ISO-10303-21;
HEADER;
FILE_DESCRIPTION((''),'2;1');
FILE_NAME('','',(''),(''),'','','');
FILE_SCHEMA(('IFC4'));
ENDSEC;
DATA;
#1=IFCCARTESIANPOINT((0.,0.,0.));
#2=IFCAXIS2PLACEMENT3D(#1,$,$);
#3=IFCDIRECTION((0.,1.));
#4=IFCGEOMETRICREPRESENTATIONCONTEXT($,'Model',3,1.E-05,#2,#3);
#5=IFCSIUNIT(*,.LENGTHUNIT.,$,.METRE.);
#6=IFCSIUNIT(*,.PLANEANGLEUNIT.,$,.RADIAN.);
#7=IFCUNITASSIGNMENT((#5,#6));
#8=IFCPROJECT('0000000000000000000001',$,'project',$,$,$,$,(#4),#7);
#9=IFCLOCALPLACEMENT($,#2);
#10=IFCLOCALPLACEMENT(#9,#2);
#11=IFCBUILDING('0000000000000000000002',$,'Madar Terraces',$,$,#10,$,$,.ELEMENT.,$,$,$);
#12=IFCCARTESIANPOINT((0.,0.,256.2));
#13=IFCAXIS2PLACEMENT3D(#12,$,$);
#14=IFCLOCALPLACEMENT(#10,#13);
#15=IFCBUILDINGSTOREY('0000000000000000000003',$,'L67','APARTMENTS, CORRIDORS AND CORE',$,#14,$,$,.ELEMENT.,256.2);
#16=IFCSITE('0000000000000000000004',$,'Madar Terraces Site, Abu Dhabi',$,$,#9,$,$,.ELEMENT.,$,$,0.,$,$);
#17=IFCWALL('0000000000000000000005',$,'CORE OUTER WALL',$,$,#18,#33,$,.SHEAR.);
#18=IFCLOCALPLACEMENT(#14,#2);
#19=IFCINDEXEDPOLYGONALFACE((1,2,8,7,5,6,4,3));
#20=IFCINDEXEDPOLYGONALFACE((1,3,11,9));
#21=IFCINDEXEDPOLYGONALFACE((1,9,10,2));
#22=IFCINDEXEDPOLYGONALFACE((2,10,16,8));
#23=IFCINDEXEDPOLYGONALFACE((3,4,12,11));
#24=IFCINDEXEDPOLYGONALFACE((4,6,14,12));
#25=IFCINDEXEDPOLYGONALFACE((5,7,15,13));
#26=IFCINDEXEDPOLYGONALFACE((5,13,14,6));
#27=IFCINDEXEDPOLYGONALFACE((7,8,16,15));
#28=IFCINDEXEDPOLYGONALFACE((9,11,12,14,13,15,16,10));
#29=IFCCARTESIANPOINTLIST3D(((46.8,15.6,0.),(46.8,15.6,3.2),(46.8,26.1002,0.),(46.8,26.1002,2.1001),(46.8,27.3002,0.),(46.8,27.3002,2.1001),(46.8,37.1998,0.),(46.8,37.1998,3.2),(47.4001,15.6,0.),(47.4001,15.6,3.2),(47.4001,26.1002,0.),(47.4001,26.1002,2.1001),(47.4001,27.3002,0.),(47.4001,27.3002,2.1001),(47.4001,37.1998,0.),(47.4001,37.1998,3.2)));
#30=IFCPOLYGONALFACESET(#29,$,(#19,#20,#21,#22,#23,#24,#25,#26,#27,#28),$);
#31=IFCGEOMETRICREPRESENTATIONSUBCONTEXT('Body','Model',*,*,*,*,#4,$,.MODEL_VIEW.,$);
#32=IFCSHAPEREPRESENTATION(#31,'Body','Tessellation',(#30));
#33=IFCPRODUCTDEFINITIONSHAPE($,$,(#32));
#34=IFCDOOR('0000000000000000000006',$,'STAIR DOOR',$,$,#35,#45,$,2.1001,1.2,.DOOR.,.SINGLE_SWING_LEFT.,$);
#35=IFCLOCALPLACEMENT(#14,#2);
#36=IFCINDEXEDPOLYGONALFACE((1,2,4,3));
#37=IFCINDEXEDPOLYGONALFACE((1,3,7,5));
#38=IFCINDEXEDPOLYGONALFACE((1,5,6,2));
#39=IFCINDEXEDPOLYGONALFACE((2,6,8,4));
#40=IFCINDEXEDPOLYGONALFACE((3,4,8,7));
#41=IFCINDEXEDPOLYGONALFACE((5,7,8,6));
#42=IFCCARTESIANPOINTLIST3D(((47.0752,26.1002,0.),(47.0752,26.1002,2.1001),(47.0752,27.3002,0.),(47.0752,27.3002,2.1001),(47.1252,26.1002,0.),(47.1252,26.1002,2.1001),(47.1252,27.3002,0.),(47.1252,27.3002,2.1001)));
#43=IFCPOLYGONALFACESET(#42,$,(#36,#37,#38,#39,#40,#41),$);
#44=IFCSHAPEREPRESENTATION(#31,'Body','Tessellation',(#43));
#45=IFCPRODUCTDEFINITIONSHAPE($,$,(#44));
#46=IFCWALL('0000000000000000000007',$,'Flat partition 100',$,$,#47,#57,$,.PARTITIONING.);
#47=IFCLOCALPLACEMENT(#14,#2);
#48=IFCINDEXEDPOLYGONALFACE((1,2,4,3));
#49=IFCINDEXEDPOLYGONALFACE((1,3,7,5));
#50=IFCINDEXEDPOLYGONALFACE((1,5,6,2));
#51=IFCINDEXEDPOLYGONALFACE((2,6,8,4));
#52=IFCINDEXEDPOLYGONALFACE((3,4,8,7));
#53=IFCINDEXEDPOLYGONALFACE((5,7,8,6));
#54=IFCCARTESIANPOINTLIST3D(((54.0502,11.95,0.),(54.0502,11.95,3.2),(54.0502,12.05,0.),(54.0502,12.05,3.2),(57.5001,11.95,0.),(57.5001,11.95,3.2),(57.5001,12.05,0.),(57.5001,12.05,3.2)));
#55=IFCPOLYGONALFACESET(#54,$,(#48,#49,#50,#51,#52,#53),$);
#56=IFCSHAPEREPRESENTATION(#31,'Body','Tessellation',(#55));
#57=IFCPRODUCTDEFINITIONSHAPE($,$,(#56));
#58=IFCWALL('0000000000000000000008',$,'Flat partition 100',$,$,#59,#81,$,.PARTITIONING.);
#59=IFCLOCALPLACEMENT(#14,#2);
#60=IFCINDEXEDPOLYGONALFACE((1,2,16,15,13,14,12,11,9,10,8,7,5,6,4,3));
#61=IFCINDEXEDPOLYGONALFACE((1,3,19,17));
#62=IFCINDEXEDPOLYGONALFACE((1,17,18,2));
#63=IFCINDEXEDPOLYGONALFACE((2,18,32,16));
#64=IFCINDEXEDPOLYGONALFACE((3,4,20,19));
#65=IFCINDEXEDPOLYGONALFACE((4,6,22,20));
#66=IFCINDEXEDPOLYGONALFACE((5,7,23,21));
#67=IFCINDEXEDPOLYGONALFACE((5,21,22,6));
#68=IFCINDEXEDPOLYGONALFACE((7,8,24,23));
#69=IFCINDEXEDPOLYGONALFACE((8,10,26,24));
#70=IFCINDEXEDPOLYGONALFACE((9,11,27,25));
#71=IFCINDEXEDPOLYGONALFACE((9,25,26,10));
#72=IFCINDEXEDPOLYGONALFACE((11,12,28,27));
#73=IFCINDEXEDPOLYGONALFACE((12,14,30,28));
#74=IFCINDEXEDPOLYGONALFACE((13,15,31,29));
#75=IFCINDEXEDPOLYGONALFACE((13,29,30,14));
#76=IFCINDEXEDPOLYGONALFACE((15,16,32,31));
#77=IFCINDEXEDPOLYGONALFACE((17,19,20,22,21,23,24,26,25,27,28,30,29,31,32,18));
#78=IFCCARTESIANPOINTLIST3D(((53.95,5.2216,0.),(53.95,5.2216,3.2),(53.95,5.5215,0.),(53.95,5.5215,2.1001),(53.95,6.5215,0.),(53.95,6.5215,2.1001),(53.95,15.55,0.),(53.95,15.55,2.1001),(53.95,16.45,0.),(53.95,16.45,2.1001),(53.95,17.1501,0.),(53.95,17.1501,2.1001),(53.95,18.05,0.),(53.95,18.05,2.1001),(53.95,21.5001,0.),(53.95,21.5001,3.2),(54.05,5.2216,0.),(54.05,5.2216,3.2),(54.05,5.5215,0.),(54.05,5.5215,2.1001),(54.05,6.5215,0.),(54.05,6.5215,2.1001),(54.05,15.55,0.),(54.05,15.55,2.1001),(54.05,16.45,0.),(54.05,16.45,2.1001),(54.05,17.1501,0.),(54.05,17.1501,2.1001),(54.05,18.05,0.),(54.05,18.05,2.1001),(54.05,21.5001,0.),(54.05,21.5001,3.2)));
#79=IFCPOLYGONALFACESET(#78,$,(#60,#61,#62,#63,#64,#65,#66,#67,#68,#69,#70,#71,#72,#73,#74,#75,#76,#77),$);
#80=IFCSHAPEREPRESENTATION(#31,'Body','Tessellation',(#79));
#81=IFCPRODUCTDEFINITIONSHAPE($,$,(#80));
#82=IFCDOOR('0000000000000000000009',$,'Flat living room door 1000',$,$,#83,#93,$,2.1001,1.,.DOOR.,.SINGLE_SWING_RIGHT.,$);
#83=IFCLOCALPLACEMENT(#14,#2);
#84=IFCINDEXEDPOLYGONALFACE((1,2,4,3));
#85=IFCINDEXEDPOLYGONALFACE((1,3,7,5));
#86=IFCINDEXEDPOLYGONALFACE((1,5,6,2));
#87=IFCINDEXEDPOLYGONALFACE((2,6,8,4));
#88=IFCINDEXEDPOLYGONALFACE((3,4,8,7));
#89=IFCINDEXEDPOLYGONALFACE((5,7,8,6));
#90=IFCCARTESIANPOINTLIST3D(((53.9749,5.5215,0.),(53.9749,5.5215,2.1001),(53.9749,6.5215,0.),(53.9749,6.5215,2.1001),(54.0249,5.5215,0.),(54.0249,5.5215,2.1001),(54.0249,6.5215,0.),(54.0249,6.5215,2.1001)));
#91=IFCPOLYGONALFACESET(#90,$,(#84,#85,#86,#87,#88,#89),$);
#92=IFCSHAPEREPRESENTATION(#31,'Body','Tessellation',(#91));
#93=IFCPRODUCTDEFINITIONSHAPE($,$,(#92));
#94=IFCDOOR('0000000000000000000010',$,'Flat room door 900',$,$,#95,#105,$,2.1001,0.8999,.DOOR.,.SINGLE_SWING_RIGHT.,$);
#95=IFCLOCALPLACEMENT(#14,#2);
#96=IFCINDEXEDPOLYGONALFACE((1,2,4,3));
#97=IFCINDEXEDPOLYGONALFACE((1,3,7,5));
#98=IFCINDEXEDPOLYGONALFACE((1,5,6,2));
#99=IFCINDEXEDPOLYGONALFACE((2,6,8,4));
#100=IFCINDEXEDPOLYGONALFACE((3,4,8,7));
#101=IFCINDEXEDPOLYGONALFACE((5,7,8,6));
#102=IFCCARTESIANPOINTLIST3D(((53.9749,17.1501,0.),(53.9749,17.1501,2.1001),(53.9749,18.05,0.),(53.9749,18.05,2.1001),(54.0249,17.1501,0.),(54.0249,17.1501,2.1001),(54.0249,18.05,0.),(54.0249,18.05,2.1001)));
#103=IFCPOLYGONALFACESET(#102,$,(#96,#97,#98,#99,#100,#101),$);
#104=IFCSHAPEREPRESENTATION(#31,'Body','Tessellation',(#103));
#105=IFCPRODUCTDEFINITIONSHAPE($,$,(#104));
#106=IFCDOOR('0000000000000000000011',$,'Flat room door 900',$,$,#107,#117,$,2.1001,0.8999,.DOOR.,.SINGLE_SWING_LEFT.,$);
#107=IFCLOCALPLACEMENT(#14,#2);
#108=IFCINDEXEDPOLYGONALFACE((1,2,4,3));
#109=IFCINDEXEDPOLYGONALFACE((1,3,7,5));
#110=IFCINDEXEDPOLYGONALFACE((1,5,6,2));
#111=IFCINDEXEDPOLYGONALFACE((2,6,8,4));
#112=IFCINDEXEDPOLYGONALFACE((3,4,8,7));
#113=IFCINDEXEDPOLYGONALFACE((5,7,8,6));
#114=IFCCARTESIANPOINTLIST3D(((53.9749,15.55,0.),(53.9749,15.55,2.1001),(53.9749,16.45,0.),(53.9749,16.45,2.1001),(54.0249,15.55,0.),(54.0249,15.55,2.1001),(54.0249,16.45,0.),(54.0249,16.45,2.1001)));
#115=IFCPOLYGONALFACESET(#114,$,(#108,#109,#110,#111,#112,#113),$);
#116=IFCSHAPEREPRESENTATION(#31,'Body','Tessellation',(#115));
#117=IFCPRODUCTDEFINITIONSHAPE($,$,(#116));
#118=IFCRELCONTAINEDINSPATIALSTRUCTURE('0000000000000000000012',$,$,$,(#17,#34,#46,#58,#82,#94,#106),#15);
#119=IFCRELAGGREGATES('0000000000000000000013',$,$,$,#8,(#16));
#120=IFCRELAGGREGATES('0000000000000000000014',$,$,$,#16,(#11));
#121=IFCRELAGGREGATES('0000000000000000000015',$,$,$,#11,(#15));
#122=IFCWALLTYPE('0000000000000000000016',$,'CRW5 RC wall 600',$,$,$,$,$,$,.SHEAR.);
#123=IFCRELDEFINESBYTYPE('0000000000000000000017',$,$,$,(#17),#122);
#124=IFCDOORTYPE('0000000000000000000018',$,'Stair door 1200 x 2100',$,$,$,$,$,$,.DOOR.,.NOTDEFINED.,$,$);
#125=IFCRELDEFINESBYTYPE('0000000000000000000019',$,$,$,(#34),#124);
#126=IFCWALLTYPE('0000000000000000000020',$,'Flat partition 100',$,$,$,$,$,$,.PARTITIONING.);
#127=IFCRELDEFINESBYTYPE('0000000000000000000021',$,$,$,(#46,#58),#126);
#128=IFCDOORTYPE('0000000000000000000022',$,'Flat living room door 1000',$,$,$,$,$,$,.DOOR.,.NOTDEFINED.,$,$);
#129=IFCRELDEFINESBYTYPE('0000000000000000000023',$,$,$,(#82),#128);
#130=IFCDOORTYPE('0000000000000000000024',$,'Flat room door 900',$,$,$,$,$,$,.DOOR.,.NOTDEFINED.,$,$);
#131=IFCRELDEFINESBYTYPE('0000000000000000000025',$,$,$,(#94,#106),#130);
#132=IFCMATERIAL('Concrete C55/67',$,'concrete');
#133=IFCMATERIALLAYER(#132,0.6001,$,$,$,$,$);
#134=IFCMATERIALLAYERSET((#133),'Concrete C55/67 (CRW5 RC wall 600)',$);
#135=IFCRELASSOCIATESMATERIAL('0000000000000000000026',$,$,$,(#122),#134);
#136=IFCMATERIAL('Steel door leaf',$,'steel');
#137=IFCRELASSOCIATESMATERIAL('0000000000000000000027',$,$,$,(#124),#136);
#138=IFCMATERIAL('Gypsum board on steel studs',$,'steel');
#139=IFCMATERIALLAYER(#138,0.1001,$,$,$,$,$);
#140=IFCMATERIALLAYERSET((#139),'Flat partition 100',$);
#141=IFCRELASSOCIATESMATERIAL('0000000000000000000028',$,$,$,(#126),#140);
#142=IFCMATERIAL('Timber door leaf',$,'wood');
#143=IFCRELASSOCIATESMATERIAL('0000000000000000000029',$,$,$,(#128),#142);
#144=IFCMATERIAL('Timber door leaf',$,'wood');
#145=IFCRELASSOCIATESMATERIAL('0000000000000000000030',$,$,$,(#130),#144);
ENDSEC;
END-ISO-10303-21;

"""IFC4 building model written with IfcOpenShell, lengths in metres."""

from ifc_helpers import new_model, si_unit, direction, frame, frame_2d, origin, place, context, subcontext, project, spatial, rectangle, extrude, material, layer, layer_set, type_object, element, fill, save


model = new_model("IFC4")

# Units and contexts
model_context = context("Model", 3, precision=1e-05, world=origin(), true_north=direction((0.0, 1.0)))
body_context = subcontext(model_context, "Body", "Model", "MODEL_VIEW")
ifc_project = project(units=[si_unit("LENGTHUNIT", "METRE"), si_unit("PLANEANGLEUNIT", "RADIAN")], contexts=[model_context])

# Site, building, storey
site_placement = place(None, origin())
site = spatial("IfcSite", under=ifc_project, at=site_placement, Name="Madar Terraces Site, Abu Dhabi", CompositionType="ELEMENT", RefElevation=0.0)
building_placement = place(site_placement, origin())
building = spatial("IfcBuilding", under=site, at=building_placement, Name="Madar Terraces", CompositionType="ELEMENT")
storey_placement = place(building_placement, frame((0.0, 0.0, 256.2)))
storey = spatial("IfcBuildingStorey", under=building, at=storey_placement, Name="L67", Description="APARTMENTS, CORRIDORS AND CORE", CompositionType="ELEMENT", Elevation=256.2)

# Wall, opening, door
ifc_material_1 = material(Name="Concrete C55/67", Category="concrete")
ifc_layer_1 = layer(ifc_material_1, 0.6001)
ifc_layer_set_1 = layer_set([ifc_layer_1], Name="Concrete C55/67 (CRW5 RC wall 600)")
wall_type_1 = type_object("IfcWallType", Name="CRW5 RC wall 600", PredefinedType="SHEAR", material=ifc_layer_set_1)
wall_1_placement = place(storey_placement, frame((47.1001, 15.6001, 0.0), z_axis=(0.0, 0.0, 1.0), x_axis=(0.0, 1.0, 0.0)))
wall_1 = element("IfcWall", 1, at=wall_1_placement, inside=storey, type_object=wall_type_1, Name="CORE OUTER WALL", PredefinedType="SHEAR", context=body_context, shape_type="SweptSolid", body=[
    extrude(rectangle(XDim=21.5999, YDim=0.6001, at=frame_2d((10.7998, 0.0))), origin(), (0.0, 0.0, 1.0), 3.2),
])
opening_1_placement = place(wall_1_placement, frame((10.5, 0.0, 0.0)))
opening_1 = element("IfcOpeningElement", 2, at=opening_1_placement, cuts=wall_1, PredefinedType="OPENING", context=body_context, shape_type="SweptSolid", body=[
    extrude(rectangle(XDim=1.2, YDim=2.1001, at=frame_2d((0.6001, 1.05))), frame((0.0, 0.3101, 0.0), z_axis=(0.0, -1.0, 0.0), x_axis=(1.0, 0.0, 0.0)), (0.0, 0.0, 1.0), 0.6201),
])
ifc_material_2 = material(Name="Steel door leaf", Category="steel")
door_type_1 = type_object("IfcDoorType", Name="Stair door 1200 x 2100", OperationType="NOTDEFINED", PredefinedType="DOOR", material=ifc_material_2)
door_1_placement = place(opening_1_placement, origin())
door_1 = element("IfcDoor", 3, at=door_1_placement, inside=storey, type_object=door_type_1, Name="STAIR DOOR", OperationType="SINGLE_SWING_LEFT", OverallHeight=2.1001, OverallWidth=1.2, PredefinedType="DOOR", context=body_context, shape_type="SweptSolid", body=[
    extrude(rectangle(XDim=1.2, YDim=2.1001, at=frame_2d((0.6001, 1.05))), frame((0.0, 0.0249, 0.0), z_axis=(0.0, -1.0, 0.0), x_axis=(1.0, 0.0, 0.0)), (0.0, 0.0, 1.0), 0.05),
])
fill(opening_1, door_1)

# Wall
ifc_material_3 = material(Name="Gypsum board on steel studs", Category="steel")
ifc_layer_2 = layer(ifc_material_3, 0.1001)
ifc_layer_set_2 = layer_set([ifc_layer_2], Name="Flat partition 100")
wall_type_2 = type_object("IfcWallType", Name="Flat partition 100", PredefinedType="PARTITIONING", material=ifc_layer_set_2)
wall_2_placement = place(storey_placement, frame((54.05, 12.0, 0.0), z_axis=(0.0, 0.0, 1.0), x_axis=(1.0, 0.0, 0.0)))
element("IfcWall", 4, at=wall_2_placement, inside=storey, type_object=wall_type_2, Name="Flat partition 100", PredefinedType="PARTITIONING", context=body_context, shape_type="SweptSolid", body=[
    extrude(rectangle(XDim=3.45, YDim=0.1001, at=frame_2d((1.7251, 0.0))), origin(), (0.0, 0.0, 1.0), 3.2),
])

# Wall, openings, doors
wall_3_placement = place(storey_placement, frame((54.0, 21.5, 0.0), z_axis=(0.0, 0.0, 1.0), x_axis=(0.0, -1.0, 0.0)))
wall_3 = element("IfcWall", 5, at=wall_3_placement, inside=storey, type_object=wall_type_2, Name="Flat partition 100", PredefinedType="PARTITIONING", context=body_context, shape_type="SweptSolid", body=[
    extrude(rectangle(XDim=16.2786, YDim=0.1001, at=frame_2d((8.1392, 0.0))), origin(), (0.0, 0.0, 1.0), 3.2),
])
opening_2_placement = place(wall_3_placement, frame((3.45, 0.0, 0.0)))
opening_2 = element("IfcOpeningElement", 6, at=opening_2_placement, cuts=wall_3, PredefinedType="OPENING", context=body_context, shape_type="SweptSolid", body=[
    extrude(rectangle(XDim=0.8999, YDim=2.1001, at=frame_2d((0.45, 1.05))), frame((0.0, 0.0601, 0.0), z_axis=(0.0, -1.0, 0.0), x_axis=(1.0, 0.0, 0.0)), (0.0, 0.0, 1.0), 0.1201),
])
opening_3_placement = place(wall_3_placement, frame((5.05, 0.0, 0.0)))
opening_3 = element("IfcOpeningElement", 7, at=opening_3_placement, cuts=wall_3, PredefinedType="OPENING", context=body_context, shape_type="SweptSolid", body=[
    extrude(rectangle(XDim=0.8999, YDim=2.1001, at=frame_2d((0.45, 1.05))), frame((0.0, 0.0601, 0.0), z_axis=(0.0, -1.0, 0.0), x_axis=(1.0, 0.0, 0.0)), (0.0, 0.0, 1.0), 0.1201),
])
opening_4_placement = place(wall_3_placement, frame((14.9785, 0.0, 0.0)))
opening_4 = element("IfcOpeningElement", 8, at=opening_4_placement, cuts=wall_3, PredefinedType="OPENING", context=body_context, shape_type="SweptSolid", body=[
    extrude(rectangle(XDim=1.0, YDim=2.1001, at=frame_2d((0.5, 1.05))), frame((0.0, 0.0601, 0.0), z_axis=(0.0, -1.0, 0.0), x_axis=(1.0, 0.0, 0.0)), (0.0, 0.0, 1.0), 0.1201),
])
ifc_material_4 = material(Name="Timber door leaf", Category="wood")
door_type_2 = type_object("IfcDoorType", Name="Flat living room door 1000", OperationType="NOTDEFINED", PredefinedType="DOOR", material=ifc_material_4)
door_2_placement = place(opening_4_placement, origin())
door_2 = element("IfcDoor", 9, at=door_2_placement, inside=storey, type_object=door_type_2, Name="Flat living room door 1000", OperationType="SINGLE_SWING_RIGHT", OverallHeight=2.1001, OverallWidth=1.0, PredefinedType="DOOR", context=body_context, shape_type="SweptSolid", body=[
    extrude(rectangle(XDim=1.0, YDim=2.1001, at=frame_2d((0.5, 1.05))), frame((0.0, 0.0249, 0.0), z_axis=(0.0, -1.0, 0.0), x_axis=(1.0, 0.0, 0.0)), (0.0, 0.0, 1.0), 0.05),
])
fill(opening_4, door_2)
ifc_material_5 = material(Name="Timber door leaf", Category="wood")
door_type_3 = type_object("IfcDoorType", Name="Flat room door 900", OperationType="NOTDEFINED", PredefinedType="DOOR", material=ifc_material_5)
door_3_placement = place(opening_2_placement, origin())
door_3 = element("IfcDoor", 10, at=door_3_placement, inside=storey, type_object=door_type_3, Name="Flat room door 900", OperationType="SINGLE_SWING_RIGHT", OverallHeight=2.1001, OverallWidth=0.8999, PredefinedType="DOOR", context=body_context, shape_type="SweptSolid", body=[
    extrude(rectangle(XDim=0.8999, YDim=2.1001, at=frame_2d((0.45, 1.05))), frame((0.0, 0.0249, 0.0), z_axis=(0.0, -1.0, 0.0), x_axis=(1.0, 0.0, 0.0)), (0.0, 0.0, 1.0), 0.05),
])
fill(opening_2, door_3)
door_4_placement = place(opening_3_placement, origin())
door_4 = element("IfcDoor", 11, at=door_4_placement, inside=storey, type_object=door_type_3, Name="Flat room door 900", OperationType="SINGLE_SWING_LEFT", OverallHeight=2.1001, OverallWidth=0.8999, PredefinedType="DOOR", context=body_context, shape_type="SweptSolid", body=[
    extrude(rectangle(XDim=0.8999, YDim=2.1001, at=frame_2d((0.45, 1.05))), frame((0.0, 0.0249, 0.0), z_axis=(0.0, -1.0, 0.0), x_axis=(1.0, 0.0, 0.0)), (0.0, 0.0, 1.0), 0.05),
])
fill(opening_3, door_4)

save(model, "model.ifc")
